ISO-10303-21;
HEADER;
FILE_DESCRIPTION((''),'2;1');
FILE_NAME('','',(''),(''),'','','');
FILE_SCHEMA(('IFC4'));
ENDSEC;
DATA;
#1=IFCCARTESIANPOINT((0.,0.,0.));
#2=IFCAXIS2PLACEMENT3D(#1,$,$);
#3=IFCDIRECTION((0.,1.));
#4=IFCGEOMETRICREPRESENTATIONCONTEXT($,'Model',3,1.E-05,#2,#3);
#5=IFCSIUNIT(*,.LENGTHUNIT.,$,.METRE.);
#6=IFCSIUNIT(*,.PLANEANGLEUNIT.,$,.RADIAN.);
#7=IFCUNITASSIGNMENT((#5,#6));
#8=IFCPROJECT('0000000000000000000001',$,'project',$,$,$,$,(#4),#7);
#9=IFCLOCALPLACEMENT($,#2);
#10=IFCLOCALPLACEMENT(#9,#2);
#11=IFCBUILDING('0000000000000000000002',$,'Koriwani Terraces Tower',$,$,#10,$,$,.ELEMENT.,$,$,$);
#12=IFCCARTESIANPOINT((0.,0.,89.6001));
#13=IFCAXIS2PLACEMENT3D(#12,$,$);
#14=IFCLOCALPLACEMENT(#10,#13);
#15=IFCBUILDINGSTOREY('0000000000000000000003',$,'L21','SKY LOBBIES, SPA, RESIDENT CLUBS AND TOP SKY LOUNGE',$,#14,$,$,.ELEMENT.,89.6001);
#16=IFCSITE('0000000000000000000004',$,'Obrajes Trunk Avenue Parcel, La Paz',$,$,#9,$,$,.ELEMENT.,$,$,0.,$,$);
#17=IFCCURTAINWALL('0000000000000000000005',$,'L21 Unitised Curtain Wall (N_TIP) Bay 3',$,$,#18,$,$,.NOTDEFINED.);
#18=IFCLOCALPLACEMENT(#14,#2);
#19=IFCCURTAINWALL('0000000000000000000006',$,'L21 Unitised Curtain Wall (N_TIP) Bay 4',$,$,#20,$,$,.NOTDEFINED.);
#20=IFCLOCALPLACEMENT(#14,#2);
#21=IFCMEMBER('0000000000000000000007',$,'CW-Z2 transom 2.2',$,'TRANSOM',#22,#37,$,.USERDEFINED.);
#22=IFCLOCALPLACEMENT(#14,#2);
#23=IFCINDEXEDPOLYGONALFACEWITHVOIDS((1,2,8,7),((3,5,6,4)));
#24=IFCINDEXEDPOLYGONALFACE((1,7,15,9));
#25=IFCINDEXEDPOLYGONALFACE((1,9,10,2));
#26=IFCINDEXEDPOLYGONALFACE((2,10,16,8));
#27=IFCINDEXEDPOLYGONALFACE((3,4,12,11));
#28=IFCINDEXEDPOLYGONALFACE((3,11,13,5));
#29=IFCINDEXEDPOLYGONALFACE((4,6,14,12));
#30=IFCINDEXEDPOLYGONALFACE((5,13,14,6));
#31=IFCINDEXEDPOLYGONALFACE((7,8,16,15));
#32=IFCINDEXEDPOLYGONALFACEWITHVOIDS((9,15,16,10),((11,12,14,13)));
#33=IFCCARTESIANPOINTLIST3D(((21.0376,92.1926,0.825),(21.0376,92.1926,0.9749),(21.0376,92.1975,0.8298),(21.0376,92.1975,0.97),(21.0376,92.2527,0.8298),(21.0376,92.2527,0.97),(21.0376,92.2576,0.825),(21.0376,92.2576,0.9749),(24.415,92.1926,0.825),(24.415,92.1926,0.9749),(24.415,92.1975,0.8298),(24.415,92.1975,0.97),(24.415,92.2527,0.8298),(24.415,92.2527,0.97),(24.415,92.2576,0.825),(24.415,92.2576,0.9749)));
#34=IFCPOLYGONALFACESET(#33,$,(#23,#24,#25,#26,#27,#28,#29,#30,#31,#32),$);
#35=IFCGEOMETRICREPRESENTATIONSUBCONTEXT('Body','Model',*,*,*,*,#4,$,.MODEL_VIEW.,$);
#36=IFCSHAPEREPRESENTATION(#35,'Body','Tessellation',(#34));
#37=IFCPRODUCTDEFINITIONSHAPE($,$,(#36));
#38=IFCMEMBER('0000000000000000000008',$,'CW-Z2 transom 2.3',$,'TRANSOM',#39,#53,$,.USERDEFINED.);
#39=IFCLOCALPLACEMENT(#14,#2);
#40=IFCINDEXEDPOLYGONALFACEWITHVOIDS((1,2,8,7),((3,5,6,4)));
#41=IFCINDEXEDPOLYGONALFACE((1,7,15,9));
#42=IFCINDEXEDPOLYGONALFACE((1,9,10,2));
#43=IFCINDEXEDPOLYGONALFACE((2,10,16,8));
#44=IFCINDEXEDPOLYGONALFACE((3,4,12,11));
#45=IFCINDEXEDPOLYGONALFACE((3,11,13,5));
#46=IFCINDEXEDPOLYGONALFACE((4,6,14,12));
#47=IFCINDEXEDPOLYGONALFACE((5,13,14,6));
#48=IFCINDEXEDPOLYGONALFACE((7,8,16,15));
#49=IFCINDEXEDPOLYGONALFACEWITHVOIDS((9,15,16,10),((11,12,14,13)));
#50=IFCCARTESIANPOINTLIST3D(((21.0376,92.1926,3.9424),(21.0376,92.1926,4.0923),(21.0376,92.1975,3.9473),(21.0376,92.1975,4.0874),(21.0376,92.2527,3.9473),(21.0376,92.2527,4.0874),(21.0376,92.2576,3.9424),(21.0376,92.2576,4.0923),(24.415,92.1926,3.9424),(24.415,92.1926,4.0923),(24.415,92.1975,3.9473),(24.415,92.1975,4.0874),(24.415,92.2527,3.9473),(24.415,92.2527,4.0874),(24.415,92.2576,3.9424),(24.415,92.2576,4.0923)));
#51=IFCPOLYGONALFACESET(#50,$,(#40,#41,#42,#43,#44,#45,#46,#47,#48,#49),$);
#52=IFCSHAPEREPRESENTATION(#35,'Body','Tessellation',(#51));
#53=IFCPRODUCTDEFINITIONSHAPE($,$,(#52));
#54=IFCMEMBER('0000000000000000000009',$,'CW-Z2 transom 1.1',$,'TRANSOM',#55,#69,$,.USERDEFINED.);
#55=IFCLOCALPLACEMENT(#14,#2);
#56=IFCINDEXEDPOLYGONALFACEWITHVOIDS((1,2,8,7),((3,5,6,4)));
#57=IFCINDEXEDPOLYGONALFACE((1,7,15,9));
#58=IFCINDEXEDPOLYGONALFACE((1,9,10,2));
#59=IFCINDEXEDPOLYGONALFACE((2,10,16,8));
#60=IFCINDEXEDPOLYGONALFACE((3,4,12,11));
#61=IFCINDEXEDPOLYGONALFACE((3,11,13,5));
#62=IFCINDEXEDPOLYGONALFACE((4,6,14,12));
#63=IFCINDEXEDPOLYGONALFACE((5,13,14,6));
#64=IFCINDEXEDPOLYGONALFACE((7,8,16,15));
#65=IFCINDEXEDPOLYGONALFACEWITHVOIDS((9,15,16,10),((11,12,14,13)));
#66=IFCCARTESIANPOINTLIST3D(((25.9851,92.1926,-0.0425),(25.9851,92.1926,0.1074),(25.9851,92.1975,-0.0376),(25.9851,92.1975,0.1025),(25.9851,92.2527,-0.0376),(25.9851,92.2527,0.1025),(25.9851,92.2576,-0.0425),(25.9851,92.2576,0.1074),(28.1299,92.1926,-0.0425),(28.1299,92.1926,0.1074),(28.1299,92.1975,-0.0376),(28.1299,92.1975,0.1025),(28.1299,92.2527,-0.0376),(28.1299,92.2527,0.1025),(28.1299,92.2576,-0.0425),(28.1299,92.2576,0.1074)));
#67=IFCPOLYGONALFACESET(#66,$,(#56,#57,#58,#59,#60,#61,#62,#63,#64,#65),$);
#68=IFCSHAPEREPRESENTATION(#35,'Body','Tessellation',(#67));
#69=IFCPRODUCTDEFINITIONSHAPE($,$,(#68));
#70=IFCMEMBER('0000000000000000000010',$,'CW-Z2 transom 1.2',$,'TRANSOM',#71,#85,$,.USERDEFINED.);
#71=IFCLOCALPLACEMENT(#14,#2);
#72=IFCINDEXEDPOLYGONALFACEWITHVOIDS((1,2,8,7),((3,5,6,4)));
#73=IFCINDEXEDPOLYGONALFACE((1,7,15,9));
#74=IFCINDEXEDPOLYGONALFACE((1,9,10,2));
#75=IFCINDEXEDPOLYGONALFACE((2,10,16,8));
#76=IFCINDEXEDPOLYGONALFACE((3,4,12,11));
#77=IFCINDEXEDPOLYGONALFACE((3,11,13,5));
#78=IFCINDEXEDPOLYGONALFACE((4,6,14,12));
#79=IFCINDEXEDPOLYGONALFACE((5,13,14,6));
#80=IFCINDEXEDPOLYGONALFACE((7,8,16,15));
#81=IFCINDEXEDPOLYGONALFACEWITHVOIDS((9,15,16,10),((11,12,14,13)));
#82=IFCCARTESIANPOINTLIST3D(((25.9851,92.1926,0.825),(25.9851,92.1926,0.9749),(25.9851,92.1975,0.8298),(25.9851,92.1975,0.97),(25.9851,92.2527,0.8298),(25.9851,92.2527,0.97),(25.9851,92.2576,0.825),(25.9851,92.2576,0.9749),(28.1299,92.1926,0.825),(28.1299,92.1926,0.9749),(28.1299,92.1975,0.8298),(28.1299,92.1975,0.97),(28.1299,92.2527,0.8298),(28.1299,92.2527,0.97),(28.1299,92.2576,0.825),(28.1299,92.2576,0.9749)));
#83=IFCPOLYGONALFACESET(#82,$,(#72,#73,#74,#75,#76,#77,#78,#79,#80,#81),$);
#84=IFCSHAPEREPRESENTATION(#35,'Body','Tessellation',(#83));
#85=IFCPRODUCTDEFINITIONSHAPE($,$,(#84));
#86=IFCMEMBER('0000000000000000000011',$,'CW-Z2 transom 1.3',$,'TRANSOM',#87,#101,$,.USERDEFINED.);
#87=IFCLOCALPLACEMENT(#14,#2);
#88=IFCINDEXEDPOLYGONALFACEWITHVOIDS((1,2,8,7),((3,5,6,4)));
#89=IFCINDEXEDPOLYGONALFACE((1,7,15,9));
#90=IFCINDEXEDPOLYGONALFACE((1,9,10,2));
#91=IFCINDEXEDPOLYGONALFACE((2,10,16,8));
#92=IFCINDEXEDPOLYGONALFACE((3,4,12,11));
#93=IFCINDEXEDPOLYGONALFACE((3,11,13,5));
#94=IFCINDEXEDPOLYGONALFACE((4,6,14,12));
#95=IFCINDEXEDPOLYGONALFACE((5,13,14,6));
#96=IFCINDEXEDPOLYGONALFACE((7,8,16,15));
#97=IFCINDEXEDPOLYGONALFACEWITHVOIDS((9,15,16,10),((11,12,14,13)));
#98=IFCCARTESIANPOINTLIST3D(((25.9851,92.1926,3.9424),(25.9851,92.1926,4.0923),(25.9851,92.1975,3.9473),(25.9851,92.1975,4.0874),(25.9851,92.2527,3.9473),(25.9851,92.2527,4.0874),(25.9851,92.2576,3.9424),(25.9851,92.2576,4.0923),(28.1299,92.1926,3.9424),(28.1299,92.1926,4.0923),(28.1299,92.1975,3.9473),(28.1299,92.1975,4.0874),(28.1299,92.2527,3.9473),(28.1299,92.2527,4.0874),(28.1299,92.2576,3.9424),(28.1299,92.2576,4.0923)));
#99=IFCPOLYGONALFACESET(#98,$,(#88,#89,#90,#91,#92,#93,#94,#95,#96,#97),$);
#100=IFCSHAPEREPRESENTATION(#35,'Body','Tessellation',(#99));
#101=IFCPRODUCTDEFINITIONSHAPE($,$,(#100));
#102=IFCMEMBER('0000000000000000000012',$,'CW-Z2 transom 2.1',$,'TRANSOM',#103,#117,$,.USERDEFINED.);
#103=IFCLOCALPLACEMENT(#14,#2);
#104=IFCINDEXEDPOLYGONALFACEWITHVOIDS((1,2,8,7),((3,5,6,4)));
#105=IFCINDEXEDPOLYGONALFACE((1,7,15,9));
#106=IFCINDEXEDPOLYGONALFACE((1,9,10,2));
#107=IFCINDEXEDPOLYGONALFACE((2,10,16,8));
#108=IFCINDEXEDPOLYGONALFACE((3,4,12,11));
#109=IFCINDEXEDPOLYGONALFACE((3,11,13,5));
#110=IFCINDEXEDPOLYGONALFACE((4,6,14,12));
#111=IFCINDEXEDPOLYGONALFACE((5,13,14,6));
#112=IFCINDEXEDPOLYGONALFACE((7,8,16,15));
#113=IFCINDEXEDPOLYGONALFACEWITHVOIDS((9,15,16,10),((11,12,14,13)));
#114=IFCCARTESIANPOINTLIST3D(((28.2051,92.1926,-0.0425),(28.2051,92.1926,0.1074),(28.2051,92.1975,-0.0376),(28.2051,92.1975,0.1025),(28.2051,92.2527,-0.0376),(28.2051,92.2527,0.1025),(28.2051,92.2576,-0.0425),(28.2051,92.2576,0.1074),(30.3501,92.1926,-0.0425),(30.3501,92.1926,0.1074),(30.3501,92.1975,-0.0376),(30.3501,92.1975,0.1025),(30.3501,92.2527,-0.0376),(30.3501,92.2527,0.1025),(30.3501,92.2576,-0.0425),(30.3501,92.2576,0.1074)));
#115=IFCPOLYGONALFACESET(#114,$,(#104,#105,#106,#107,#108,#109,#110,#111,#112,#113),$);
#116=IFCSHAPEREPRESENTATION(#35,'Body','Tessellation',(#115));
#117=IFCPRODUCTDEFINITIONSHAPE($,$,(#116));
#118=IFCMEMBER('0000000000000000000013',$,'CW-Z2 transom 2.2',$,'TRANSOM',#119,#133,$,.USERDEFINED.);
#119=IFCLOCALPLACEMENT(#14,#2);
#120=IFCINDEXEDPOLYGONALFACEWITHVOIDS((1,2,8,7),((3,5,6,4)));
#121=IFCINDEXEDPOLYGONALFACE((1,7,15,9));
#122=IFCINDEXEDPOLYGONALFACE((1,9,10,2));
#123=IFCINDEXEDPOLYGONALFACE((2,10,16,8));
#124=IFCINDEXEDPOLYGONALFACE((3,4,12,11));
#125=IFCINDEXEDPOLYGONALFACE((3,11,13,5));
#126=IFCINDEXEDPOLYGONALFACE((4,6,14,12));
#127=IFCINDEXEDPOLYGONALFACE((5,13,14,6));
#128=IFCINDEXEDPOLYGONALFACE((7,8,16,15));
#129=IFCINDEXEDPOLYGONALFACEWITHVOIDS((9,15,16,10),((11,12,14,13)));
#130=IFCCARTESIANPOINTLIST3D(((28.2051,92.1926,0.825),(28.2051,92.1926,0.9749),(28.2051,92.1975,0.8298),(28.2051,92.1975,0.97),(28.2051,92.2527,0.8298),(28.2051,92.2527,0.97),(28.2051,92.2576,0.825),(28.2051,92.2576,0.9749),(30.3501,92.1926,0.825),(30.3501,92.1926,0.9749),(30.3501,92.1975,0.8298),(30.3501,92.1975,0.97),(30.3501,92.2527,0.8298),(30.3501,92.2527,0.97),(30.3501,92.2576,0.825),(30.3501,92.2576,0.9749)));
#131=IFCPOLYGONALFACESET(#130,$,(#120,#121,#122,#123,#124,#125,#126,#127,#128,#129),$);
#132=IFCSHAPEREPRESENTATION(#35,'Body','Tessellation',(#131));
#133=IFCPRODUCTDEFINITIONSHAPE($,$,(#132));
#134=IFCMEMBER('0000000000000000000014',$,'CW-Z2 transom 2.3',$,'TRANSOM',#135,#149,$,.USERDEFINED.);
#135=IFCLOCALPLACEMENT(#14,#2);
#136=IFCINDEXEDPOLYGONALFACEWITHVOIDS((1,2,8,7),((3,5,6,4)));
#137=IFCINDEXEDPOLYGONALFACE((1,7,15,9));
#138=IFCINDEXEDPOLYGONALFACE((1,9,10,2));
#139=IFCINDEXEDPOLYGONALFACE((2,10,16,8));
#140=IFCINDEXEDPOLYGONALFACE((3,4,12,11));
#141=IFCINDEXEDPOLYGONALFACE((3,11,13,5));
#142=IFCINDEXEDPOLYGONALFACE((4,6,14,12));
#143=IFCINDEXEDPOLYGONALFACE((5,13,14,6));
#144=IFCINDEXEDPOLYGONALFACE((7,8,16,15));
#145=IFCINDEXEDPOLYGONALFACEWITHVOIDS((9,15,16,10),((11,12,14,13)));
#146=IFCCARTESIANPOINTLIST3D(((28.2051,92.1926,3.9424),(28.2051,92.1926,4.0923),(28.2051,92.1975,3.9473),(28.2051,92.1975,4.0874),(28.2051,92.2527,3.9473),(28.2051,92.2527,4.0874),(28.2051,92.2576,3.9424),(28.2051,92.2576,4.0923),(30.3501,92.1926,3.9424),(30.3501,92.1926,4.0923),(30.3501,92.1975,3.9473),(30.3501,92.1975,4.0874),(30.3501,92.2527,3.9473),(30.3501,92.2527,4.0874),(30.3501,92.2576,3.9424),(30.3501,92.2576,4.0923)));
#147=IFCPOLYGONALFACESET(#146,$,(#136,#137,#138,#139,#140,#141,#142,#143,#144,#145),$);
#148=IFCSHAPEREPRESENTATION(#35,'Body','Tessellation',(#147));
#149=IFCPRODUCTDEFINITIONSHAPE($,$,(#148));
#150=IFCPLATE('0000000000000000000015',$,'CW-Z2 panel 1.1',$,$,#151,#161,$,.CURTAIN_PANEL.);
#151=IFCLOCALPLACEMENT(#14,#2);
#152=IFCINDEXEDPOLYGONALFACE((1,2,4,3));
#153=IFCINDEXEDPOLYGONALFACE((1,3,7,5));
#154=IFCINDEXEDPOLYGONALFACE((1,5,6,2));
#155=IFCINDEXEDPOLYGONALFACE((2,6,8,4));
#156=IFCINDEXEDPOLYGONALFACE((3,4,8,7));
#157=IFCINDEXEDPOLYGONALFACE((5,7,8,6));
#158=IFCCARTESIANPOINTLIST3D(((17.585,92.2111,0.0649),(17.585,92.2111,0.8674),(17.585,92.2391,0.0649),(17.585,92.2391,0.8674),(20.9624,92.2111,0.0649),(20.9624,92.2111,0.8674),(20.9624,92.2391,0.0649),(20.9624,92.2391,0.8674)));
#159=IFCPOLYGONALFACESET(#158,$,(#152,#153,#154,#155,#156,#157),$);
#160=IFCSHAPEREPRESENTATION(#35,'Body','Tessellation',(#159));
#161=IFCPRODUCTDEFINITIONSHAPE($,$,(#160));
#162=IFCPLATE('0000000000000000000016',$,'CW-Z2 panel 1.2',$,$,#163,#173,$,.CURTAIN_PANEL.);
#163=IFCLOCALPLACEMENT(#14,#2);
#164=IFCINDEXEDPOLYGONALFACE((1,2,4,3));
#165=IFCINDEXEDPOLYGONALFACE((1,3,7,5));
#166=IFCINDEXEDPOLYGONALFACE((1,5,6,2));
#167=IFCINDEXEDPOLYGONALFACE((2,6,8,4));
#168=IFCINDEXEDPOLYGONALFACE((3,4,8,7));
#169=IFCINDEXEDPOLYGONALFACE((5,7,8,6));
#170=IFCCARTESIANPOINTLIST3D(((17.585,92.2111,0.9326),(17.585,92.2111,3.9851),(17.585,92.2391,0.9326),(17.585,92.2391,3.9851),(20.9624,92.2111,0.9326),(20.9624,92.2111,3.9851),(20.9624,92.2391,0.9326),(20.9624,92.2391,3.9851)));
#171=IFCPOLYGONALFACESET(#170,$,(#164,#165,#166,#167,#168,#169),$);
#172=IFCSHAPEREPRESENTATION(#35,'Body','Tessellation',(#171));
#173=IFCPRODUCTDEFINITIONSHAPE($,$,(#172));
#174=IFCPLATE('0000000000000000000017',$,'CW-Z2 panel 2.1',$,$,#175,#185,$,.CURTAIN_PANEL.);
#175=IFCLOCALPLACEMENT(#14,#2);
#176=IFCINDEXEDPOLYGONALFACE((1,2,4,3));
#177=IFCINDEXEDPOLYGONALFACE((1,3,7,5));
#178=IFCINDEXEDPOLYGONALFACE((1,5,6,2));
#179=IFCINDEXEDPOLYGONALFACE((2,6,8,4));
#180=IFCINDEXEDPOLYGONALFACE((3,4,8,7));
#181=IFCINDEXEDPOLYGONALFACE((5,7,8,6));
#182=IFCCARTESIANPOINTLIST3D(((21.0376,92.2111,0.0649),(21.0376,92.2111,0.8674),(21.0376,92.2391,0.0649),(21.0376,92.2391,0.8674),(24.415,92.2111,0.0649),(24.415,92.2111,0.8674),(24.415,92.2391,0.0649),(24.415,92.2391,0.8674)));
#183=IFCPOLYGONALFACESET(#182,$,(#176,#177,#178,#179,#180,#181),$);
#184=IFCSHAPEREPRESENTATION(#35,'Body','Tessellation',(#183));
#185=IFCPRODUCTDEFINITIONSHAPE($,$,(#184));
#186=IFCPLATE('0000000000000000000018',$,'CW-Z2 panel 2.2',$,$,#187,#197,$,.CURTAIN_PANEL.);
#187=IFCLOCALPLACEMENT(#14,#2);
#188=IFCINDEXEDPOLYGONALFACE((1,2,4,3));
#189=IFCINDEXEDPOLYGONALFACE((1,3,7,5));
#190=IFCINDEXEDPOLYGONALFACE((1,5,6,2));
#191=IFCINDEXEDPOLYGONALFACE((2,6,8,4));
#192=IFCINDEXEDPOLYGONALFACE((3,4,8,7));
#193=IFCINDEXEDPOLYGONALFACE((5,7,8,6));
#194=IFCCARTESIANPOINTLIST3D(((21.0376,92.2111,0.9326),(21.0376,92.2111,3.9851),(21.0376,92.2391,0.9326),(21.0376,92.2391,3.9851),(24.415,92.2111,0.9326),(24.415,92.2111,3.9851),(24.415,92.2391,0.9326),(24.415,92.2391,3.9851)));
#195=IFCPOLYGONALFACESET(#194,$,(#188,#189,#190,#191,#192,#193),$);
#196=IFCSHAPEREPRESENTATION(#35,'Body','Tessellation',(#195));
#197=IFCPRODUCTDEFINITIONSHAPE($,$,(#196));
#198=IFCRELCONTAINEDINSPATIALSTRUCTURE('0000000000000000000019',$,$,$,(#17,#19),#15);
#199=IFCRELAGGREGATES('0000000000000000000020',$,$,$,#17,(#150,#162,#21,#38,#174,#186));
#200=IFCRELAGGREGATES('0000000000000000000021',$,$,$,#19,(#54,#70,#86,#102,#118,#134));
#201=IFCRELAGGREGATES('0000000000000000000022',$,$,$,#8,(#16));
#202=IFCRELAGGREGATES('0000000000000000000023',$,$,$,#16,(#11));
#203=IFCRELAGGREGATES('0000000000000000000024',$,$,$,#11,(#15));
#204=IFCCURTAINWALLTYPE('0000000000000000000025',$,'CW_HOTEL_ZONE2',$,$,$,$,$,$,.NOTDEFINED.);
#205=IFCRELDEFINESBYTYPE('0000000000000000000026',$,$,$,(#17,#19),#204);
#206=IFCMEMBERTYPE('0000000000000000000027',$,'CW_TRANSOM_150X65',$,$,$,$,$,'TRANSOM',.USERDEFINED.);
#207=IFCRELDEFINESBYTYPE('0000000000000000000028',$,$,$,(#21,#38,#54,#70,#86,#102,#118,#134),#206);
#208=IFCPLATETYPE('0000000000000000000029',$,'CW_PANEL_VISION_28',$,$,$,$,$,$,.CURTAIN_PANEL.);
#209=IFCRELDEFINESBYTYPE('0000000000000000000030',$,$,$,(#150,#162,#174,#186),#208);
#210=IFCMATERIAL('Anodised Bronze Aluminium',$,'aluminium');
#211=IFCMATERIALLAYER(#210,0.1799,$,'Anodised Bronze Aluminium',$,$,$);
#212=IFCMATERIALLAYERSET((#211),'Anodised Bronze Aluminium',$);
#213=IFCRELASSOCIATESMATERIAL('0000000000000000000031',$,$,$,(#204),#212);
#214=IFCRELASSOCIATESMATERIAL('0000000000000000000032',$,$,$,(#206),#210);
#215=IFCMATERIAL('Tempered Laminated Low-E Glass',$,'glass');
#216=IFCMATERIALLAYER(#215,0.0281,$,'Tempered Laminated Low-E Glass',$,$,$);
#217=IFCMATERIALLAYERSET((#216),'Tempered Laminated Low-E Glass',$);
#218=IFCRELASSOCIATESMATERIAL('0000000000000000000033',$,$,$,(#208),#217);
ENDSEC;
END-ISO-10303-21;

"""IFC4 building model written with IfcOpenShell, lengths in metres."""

from ifc_helpers import new_model, si_unit, direction, frame, origin, origin_2d, place, context, subcontext, project, spatial, rectangle, hollow_rectangle, extrude, material, layer, layer_set, material_profile, profile_set, type_object, element, aggregate, save


model = new_model("IFC4")

# Units and contexts
model_context = context("Model", 3, precision=1e-05, world=origin(), true_north=direction((0.0, 1.0)))
body_context = subcontext(model_context, "Body", "Model", "MODEL_VIEW")
ifc_project = project(units=[si_unit("LENGTHUNIT", "METRE"), si_unit("PLANEANGLEUNIT", "RADIAN")], contexts=[model_context])

# Site, building, storey
site_placement = place(None, origin())
site = spatial("IfcSite", under=ifc_project, at=site_placement, Name="Obrajes Trunk Avenue Parcel, La Paz", CompositionType="ELEMENT", RefElevation=0.0)
building_placement = place(site_placement, origin())
building = spatial("IfcBuilding", under=site, at=building_placement, Name="Koriwani Terraces Tower", CompositionType="ELEMENT")
storey_placement = place(building_placement, frame((0.0, 0.0, 89.6001)))
storey = spatial("IfcBuildingStorey", under=building, at=storey_placement, Name="L21", Description="SKY LOBBIES, SPA, RESIDENT CLUBS AND TOP SKY LOUNGE", CompositionType="ELEMENT", Elevation=89.6001)

# Curtain walls
ifc_material_1 = material(Name="Anodised Bronze Aluminium", Category="aluminium")
ifc_layer_1 = layer(ifc_material_1, 0.1799, Name="Anodised Bronze Aluminium")
ifc_layer_set_1 = layer_set([ifc_layer_1], Name="Anodised Bronze Aluminium")
curtain_wall_type = type_object("IfcCurtainWallType", Name="CW_HOTEL_ZONE2", PredefinedType="NOTDEFINED", material=ifc_layer_set_1)
curtain_wall_1_placement = place(storey_placement, origin())
curtain_wall_1 = element("IfcCurtainWall", 1, at=curtain_wall_1_placement, inside=storey, type_object=curtain_wall_type, Name="L21 Unitised Curtain Wall (N_TIP) Bay 3", PredefinedType="NOTDEFINED")
curtain_wall_2_placement = place(storey_placement, origin())
curtain_wall_2 = element("IfcCurtainWall", 2, at=curtain_wall_2_placement, inside=storey, type_object=curtain_wall_type, Name="L21 Unitised Curtain Wall (N_TIP) Bay 4", PredefinedType="NOTDEFINED")

# Members
ifc_material_profile_1 = material_profile(ifc_material_1, hollow_rectangle(XDim=0.0649, YDim=0.1499, WallThickness=0.0049, at=origin_2d()), Name="Anodised Bronze Aluminium", Category="LoadBearing")
ifc_profile_set_1 = profile_set([ifc_material_profile_1], Name="Anodised Bronze Aluminium")
member_type_1 = type_object("IfcMemberType", Name="CW_TRANSOM_150X65", ElementType="TRANSOM", PredefinedType="USERDEFINED", material=ifc_profile_set_1)
member_1_placement = place(storey_placement, frame((21.0376, 92.2251, 0.8999), z_axis=(1.0, 0.0, 0.0), x_axis=(0.0, 1.0, 0.0)))
member_1 = element("IfcMember", 3, at=member_1_placement, type_object=member_type_1, Name="CW-Z2 transom 2.2", ObjectType="TRANSOM", PredefinedType="USERDEFINED", context=body_context, shape_type="SweptSolid", body=[
    extrude(hollow_rectangle(XDim=0.0649, YDim=0.1499, WallThickness=0.0049, at=origin_2d()), origin(), (0.0, 0.0, 1.0), 3.3774),
])
member_2_placement = place(storey_placement, frame((21.0376, 92.2251, 4.0173), z_axis=(1.0, 0.0, 0.0), x_axis=(0.0, 1.0, 0.0)))
member_2 = element("IfcMember", 4, at=member_2_placement, type_object=member_type_1, Name="CW-Z2 transom 2.3", ObjectType="TRANSOM", PredefinedType="USERDEFINED", context=body_context, shape_type="SweptSolid", body=[
    extrude(hollow_rectangle(XDim=0.0649, YDim=0.1499, WallThickness=0.0049, at=origin_2d()), origin(), (0.0, 0.0, 1.0), 3.3774),
])
member_3_placement = place(storey_placement, frame((25.9851, 92.2251, 0.0325), z_axis=(1.0, 0.0, 0.0), x_axis=(0.0, 1.0, 0.0)))
member_3 = element("IfcMember", 5, at=member_3_placement, type_object=member_type_1, Name="CW-Z2 transom 1.1", ObjectType="TRANSOM", PredefinedType="USERDEFINED", context=body_context, shape_type="SweptSolid", body=[
    extrude(hollow_rectangle(XDim=0.0649, YDim=0.1499, WallThickness=0.0049, at=origin_2d()), origin(), (0.0, 0.0, 1.0), 2.1448),
])
member_4_placement = place(storey_placement, frame((25.9851, 92.2251, 0.8999), z_axis=(1.0, 0.0, 0.0), x_axis=(0.0, 1.0, 0.0)))
member_4 = element("IfcMember", 6, at=member_4_placement, type_object=member_type_1, Name="CW-Z2 transom 1.2", ObjectType="TRANSOM", PredefinedType="USERDEFINED", context=body_context, shape_type="SweptSolid", body=[
    extrude(hollow_rectangle(XDim=0.0649, YDim=0.1499, WallThickness=0.0049, at=origin_2d()), origin(), (0.0, 0.0, 1.0), 2.1448),
])
member_5_placement = place(storey_placement, frame((25.9851, 92.2251, 4.0173), z_axis=(1.0, 0.0, 0.0), x_axis=(0.0, 1.0, 0.0)))
member_5 = element("IfcMember", 7, at=member_5_placement, type_object=member_type_1, Name="CW-Z2 transom 1.3", ObjectType="TRANSOM", PredefinedType="USERDEFINED", context=body_context, shape_type="SweptSolid", body=[
    extrude(hollow_rectangle(XDim=0.0649, YDim=0.1499, WallThickness=0.0049, at=origin_2d()), origin(), (0.0, 0.0, 1.0), 2.1448),
])
member_6_placement = place(storey_placement, frame((28.2051, 92.2251, 0.0325), z_axis=(1.0, 0.0, 0.0), x_axis=(0.0, 1.0, 0.0)))
member_6 = element("IfcMember", 8, at=member_6_placement, type_object=member_type_1, Name="CW-Z2 transom 2.1", ObjectType="TRANSOM", PredefinedType="USERDEFINED", context=body_context, shape_type="SweptSolid", body=[
    extrude(hollow_rectangle(XDim=0.0649, YDim=0.1499, WallThickness=0.0049, at=origin_2d()), origin(), (0.0, 0.0, 1.0), 2.145),
])
member_7_placement = place(storey_placement, frame((28.2051, 92.2251, 0.8999), z_axis=(1.0, 0.0, 0.0), x_axis=(0.0, 1.0, 0.0)))
member_7 = element("IfcMember", 9, at=member_7_placement, type_object=member_type_1, Name="CW-Z2 transom 2.2", ObjectType="TRANSOM", PredefinedType="USERDEFINED", context=body_context, shape_type="SweptSolid", body=[
    extrude(hollow_rectangle(XDim=0.0649, YDim=0.1499, WallThickness=0.0049, at=origin_2d()), origin(), (0.0, 0.0, 1.0), 2.145),
])
member_8_placement = place(storey_placement, frame((28.2051, 92.2251, 4.0173), z_axis=(1.0, 0.0, 0.0), x_axis=(0.0, 1.0, 0.0)))
member_8 = element("IfcMember", 10, at=member_8_placement, type_object=member_type_1, Name="CW-Z2 transom 2.3", ObjectType="TRANSOM", PredefinedType="USERDEFINED", context=body_context, shape_type="SweptSolid", body=[
    extrude(hollow_rectangle(XDim=0.0649, YDim=0.1499, WallThickness=0.0049, at=origin_2d()), origin(), (0.0, 0.0, 1.0), 2.145),
])

# Plates
ifc_material_2 = material(Name="Tempered Laminated Low-E Glass", Category="glass")
ifc_layer_2 = layer(ifc_material_2, 0.0281, Name="Tempered Laminated Low-E Glass")
ifc_layer_set_2 = layer_set([ifc_layer_2], Name="Tempered Laminated Low-E Glass")
plate_type = type_object("IfcPlateType", Name="CW_PANEL_VISION_28", PredefinedType="CURTAIN_PANEL", material=ifc_layer_set_2)
plate_1_placement = place(storey_placement, frame((19.2737, 92.2251, 0.0649), z_axis=(0.0, 0.0, 1.0), x_axis=(1.0, 0.0, 0.0)))
plate_1 = element("IfcPlate", 11, at=plate_1_placement, type_object=plate_type, Name="CW-Z2 panel 1.1", PredefinedType="CURTAIN_PANEL", context=body_context, shape_type="SweptSolid", body=[
    extrude(rectangle(XDim=3.3774, YDim=0.0281, at=origin_2d()), origin(), (0.0, 0.0, 1.0), 0.8025),
])
plate_2_placement = place(storey_placement, frame((19.2737, 92.2251, 0.9326), z_axis=(0.0, 0.0, 1.0), x_axis=(1.0, 0.0, 0.0)))
plate_2 = element("IfcPlate", 12, at=plate_2_placement, type_object=plate_type, Name="CW-Z2 panel 1.2", PredefinedType="CURTAIN_PANEL", context=body_context, shape_type="SweptSolid", body=[
    extrude(rectangle(XDim=3.3774, YDim=0.0281, at=origin_2d()), origin(), (0.0, 0.0, 1.0), 3.0525),
])
plate_3_placement = place(storey_placement, frame((22.7263, 92.2251, 0.0649), z_axis=(0.0, 0.0, 1.0), x_axis=(1.0, 0.0, 0.0)))
plate_3 = element("IfcPlate", 13, at=plate_3_placement, type_object=plate_type, Name="CW-Z2 panel 2.1", PredefinedType="CURTAIN_PANEL", context=body_context, shape_type="SweptSolid", body=[
    extrude(rectangle(XDim=3.3774, YDim=0.0281, at=origin_2d()), origin(), (0.0, 0.0, 1.0), 0.8025),
])
plate_4_placement = place(storey_placement, frame((22.7263, 92.2251, 0.9326), z_axis=(0.0, 0.0, 1.0), x_axis=(1.0, 0.0, 0.0)))
plate_4 = element("IfcPlate", 14, at=plate_4_placement, type_object=plate_type, Name="CW-Z2 panel 2.2", PredefinedType="CURTAIN_PANEL", context=body_context, shape_type="SweptSolid", body=[
    extrude(rectangle(XDim=3.3774, YDim=0.0281, at=origin_2d()), origin(), (0.0, 0.0, 1.0), 3.0525),
])
aggregate(curtain_wall_1, [plate_1, plate_2, member_1, member_2, plate_3, plate_4])
aggregate(curtain_wall_2, [member_3, member_4, member_5, member_6, member_7, member_8])

save(model, "model.ifc")
